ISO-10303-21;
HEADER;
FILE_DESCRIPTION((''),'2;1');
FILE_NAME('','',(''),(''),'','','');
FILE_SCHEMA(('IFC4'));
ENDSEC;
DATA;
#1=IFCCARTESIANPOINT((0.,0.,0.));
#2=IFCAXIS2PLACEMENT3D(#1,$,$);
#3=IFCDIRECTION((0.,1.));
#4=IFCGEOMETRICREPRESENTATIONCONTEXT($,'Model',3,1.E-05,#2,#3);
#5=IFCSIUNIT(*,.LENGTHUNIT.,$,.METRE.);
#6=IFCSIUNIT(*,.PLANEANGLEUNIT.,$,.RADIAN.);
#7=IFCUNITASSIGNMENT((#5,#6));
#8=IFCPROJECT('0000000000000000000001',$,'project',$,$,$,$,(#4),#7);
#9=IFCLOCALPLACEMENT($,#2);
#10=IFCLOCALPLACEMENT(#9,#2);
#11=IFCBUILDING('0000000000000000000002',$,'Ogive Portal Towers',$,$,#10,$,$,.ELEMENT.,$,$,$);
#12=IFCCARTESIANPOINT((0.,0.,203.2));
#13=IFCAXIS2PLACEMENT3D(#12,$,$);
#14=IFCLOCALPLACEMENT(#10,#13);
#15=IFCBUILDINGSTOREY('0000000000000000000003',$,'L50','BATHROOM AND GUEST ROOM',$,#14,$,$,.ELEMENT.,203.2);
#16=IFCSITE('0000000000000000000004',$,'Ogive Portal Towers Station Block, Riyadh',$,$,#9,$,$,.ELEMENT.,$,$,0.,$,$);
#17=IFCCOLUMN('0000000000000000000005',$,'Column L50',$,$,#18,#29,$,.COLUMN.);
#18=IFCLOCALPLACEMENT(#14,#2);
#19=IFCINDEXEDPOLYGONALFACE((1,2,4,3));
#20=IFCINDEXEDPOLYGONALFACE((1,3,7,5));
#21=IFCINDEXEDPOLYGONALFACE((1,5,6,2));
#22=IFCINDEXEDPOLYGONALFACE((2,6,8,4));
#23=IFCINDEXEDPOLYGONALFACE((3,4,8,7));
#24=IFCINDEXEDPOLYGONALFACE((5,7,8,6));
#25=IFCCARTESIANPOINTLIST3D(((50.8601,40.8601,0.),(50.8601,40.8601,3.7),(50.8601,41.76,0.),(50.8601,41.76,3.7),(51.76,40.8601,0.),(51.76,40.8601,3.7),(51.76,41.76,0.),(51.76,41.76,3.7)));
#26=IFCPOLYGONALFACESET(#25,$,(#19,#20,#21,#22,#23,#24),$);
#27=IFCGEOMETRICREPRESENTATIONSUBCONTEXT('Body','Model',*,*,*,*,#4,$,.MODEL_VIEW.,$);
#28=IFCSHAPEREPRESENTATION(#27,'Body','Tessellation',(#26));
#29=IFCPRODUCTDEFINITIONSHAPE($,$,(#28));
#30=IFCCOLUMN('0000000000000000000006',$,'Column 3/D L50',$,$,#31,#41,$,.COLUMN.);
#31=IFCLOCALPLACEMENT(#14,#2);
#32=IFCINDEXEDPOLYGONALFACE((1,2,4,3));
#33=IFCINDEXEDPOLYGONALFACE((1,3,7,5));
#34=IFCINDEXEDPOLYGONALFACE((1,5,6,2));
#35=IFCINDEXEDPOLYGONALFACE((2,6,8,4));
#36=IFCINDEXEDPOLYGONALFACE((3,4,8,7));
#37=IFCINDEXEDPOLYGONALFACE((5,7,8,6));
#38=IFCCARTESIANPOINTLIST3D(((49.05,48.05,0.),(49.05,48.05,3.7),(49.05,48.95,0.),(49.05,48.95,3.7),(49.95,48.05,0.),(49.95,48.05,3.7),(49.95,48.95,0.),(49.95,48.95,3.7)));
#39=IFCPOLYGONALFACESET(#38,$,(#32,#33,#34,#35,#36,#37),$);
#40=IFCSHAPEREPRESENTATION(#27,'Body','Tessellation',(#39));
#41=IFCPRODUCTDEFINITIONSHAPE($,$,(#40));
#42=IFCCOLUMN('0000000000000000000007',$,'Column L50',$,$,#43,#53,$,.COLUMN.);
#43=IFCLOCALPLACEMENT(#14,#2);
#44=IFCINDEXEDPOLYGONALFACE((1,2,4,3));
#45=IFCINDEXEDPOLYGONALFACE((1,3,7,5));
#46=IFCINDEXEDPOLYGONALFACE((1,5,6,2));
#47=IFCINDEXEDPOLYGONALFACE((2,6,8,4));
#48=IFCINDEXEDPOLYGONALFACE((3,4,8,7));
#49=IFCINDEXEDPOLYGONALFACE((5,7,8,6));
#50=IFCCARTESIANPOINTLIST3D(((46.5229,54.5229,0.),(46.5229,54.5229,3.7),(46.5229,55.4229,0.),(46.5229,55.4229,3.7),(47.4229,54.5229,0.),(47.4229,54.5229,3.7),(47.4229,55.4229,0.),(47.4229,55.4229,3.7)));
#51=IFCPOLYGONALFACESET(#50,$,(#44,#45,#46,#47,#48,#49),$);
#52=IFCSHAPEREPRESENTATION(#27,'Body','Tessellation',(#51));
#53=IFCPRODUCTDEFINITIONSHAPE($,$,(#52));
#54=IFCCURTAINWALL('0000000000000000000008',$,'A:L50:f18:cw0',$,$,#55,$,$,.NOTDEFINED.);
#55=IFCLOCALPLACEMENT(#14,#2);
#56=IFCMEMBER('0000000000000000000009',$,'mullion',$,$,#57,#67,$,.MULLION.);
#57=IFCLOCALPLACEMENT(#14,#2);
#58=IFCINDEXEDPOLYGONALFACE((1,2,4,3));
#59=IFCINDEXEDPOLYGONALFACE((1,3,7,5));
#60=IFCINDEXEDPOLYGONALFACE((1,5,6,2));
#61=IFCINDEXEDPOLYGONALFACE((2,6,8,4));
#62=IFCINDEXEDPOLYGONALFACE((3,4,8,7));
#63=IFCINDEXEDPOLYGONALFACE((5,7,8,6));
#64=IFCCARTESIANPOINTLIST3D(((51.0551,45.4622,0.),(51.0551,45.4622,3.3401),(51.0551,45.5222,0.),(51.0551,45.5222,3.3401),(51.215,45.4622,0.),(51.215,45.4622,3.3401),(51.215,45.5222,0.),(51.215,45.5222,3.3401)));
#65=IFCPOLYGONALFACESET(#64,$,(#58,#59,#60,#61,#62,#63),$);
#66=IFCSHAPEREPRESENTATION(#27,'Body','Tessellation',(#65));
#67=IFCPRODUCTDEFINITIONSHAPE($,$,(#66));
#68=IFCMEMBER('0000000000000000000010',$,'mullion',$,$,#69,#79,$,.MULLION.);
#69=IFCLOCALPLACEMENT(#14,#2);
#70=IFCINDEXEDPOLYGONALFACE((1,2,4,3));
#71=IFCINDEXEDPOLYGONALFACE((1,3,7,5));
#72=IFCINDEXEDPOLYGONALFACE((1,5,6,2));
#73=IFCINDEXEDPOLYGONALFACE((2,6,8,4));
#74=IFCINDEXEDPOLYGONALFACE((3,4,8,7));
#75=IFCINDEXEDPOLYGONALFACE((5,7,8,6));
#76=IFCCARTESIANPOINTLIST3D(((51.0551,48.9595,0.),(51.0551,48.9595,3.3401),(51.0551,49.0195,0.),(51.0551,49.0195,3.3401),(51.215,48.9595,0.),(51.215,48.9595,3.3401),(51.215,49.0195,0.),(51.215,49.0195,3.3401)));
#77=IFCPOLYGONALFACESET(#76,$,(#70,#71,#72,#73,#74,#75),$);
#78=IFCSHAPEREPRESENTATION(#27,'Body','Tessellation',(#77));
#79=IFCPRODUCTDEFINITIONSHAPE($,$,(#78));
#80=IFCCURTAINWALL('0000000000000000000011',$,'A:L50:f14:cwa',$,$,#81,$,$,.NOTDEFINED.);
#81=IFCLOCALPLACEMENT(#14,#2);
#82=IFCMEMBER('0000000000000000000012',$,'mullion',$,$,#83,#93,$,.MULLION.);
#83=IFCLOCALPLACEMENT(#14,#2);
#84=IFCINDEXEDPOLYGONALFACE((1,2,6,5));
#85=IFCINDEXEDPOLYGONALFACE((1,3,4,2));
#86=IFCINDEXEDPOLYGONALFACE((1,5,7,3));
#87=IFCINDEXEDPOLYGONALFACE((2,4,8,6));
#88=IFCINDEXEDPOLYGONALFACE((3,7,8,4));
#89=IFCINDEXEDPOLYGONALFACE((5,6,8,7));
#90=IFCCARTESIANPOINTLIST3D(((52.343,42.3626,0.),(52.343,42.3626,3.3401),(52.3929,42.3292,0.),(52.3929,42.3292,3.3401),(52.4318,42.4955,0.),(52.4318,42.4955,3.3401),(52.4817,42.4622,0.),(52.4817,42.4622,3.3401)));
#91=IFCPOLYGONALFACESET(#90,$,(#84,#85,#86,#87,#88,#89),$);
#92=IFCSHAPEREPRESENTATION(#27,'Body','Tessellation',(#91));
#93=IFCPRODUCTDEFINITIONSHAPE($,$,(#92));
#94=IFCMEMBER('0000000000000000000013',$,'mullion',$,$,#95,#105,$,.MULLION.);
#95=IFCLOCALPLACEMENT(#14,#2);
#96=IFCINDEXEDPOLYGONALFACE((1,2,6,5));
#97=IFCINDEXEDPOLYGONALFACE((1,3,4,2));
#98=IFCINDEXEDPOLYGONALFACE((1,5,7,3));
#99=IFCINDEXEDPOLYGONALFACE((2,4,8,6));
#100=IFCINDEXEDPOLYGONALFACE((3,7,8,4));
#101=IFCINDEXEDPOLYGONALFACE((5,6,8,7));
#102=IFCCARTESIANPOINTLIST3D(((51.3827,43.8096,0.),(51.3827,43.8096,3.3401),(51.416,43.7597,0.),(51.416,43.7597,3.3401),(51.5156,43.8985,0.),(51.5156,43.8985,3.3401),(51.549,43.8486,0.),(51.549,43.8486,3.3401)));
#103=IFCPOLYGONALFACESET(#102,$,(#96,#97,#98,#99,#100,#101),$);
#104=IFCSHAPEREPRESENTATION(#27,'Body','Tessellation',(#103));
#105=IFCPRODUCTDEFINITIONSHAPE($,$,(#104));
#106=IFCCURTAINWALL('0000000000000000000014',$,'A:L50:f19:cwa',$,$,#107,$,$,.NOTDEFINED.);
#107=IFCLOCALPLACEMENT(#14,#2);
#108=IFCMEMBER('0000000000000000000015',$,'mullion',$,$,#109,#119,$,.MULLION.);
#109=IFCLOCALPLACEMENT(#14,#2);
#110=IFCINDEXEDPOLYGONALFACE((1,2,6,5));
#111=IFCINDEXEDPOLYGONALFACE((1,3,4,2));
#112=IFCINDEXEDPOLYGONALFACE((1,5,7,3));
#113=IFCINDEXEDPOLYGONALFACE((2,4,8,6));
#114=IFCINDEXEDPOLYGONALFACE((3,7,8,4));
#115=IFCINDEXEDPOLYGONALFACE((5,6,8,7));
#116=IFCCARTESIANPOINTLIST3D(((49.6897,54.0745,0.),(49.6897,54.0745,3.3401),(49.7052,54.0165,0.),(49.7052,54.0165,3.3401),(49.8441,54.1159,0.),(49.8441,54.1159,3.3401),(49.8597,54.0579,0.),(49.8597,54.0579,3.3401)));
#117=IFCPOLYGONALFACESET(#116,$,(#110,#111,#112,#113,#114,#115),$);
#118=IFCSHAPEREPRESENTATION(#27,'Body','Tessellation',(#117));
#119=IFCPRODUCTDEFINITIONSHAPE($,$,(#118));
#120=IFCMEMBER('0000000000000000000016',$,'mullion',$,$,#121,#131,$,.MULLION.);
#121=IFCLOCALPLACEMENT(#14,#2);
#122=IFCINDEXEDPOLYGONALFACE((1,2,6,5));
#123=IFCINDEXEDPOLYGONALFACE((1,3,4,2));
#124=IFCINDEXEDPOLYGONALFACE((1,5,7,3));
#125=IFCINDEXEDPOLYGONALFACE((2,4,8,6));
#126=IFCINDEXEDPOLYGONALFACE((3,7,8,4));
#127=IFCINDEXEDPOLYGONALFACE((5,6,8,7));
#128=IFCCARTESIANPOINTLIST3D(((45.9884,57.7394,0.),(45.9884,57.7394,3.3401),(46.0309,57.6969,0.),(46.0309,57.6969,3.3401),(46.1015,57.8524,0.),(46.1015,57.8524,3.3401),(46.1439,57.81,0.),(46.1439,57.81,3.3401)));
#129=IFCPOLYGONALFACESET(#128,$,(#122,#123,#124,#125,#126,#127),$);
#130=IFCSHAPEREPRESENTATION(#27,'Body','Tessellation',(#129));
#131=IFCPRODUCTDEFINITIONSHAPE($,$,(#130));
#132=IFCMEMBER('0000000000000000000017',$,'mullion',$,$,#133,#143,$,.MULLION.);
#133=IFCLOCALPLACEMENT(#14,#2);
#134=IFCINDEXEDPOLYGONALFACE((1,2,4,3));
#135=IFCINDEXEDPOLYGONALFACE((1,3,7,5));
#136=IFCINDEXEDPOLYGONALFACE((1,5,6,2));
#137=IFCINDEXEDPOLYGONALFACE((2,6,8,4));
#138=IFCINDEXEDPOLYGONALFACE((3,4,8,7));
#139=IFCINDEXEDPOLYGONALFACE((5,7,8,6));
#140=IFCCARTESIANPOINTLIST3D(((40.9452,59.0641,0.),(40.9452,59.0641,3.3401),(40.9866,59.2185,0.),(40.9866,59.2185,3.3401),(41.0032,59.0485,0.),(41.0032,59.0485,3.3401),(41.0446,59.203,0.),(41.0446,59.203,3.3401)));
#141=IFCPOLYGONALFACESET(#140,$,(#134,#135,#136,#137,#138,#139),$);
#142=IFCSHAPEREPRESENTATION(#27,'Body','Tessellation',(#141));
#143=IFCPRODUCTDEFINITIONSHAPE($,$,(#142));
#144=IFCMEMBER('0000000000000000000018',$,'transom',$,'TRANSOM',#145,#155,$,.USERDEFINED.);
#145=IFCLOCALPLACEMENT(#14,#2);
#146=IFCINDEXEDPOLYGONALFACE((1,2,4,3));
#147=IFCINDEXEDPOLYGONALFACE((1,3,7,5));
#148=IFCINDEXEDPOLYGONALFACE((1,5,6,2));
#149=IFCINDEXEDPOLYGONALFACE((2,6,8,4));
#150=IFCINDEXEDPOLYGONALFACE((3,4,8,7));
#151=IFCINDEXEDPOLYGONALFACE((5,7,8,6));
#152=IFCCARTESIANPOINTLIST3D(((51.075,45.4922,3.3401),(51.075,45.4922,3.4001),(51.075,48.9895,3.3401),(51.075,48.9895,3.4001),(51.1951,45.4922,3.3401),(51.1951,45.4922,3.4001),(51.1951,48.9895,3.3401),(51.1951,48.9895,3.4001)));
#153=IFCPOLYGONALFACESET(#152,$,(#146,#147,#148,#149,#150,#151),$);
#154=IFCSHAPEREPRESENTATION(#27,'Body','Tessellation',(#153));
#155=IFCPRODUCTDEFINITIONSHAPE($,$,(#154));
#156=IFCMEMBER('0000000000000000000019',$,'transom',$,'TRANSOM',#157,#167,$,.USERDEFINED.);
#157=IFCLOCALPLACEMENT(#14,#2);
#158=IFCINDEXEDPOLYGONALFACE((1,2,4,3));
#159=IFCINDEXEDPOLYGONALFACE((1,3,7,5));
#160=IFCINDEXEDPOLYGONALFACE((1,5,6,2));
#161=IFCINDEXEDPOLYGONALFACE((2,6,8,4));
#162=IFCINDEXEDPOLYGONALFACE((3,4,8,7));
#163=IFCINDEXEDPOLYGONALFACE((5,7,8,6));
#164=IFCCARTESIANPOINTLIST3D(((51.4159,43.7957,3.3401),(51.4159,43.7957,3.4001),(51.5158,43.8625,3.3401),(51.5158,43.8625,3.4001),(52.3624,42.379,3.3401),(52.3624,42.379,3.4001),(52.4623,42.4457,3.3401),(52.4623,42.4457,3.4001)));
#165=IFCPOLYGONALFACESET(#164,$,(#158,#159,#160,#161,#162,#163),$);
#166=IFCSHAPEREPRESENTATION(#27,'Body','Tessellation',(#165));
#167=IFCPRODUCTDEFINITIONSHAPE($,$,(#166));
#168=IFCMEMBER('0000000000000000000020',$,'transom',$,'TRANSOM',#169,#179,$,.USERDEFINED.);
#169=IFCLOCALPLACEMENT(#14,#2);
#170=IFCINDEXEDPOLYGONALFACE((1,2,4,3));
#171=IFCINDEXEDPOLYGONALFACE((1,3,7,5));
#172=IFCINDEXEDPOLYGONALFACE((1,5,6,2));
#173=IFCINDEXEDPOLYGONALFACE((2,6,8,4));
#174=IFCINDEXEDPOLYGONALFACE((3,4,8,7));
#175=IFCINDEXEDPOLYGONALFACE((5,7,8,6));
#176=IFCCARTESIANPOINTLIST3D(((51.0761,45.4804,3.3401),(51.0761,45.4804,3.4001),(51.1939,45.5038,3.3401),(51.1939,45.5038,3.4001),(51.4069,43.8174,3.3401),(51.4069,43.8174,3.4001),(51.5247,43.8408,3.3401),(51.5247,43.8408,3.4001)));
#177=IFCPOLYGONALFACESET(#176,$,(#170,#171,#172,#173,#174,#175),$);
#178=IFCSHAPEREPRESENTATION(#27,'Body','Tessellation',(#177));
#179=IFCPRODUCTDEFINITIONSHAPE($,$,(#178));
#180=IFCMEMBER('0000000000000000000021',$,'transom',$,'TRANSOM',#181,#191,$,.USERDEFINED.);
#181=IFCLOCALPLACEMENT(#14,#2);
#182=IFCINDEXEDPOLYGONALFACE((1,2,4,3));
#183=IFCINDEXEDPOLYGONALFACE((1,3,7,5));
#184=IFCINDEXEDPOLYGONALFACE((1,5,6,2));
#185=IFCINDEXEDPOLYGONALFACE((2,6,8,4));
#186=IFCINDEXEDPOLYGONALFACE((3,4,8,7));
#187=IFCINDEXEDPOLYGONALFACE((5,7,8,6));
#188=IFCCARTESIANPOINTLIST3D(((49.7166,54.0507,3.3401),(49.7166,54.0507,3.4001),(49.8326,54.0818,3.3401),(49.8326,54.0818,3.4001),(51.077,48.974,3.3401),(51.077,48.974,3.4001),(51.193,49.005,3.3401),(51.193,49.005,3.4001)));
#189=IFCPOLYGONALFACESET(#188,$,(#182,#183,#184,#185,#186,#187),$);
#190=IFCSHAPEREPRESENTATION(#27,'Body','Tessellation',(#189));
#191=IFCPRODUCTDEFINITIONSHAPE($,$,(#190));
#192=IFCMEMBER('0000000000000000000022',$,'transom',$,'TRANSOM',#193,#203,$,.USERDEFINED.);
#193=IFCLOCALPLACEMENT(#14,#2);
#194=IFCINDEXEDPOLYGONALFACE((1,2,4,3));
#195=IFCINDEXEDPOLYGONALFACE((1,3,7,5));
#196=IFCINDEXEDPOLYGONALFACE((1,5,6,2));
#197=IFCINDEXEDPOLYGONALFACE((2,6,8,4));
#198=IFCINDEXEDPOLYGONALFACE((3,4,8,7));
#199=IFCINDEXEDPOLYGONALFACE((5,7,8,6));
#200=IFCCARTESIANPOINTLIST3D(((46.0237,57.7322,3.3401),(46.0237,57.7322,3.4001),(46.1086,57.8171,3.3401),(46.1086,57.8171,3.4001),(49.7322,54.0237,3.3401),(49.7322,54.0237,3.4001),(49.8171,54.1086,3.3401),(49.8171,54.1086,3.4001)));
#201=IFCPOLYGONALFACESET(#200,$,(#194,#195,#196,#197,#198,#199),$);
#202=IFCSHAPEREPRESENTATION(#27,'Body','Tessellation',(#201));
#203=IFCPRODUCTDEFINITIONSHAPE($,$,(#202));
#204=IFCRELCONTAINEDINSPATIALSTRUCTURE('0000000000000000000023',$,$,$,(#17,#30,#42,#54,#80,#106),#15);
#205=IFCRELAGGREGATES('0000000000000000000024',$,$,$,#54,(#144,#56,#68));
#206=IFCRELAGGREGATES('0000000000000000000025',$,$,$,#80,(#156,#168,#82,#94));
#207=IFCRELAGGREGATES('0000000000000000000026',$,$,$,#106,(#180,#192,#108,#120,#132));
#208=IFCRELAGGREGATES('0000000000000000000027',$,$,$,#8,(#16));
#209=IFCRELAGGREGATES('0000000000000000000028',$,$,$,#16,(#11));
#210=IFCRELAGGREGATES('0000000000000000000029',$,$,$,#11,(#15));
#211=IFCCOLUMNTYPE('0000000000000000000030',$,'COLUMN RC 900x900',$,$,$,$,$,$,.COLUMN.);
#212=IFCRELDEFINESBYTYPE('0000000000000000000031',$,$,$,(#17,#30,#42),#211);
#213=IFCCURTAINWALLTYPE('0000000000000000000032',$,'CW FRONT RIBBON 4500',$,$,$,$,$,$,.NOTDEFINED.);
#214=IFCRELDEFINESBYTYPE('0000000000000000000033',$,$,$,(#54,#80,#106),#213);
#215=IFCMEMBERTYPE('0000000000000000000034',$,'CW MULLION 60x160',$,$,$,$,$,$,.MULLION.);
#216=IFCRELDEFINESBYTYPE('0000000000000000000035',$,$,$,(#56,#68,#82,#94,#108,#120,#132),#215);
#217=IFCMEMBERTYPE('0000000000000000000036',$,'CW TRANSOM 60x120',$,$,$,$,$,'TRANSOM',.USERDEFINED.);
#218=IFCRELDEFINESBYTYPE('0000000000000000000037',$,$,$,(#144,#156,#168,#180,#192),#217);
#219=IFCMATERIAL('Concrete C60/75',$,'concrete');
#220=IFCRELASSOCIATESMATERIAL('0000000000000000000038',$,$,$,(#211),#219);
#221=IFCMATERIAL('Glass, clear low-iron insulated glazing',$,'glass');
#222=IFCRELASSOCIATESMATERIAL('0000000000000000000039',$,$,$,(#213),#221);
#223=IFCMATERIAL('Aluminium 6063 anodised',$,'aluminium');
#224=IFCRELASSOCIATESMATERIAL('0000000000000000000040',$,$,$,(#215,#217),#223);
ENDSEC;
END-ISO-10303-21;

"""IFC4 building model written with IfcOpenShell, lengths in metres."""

from ifc_helpers import new_model, si_unit, direction, frame, origin, origin_2d, place, context, subcontext, project, spatial, rectangle, extrude, material, material_profile, profile_set, type_object, element, aggregate, save


model = new_model("IFC4")

# Units and contexts
model_context = context("Model", 3, precision=1e-05, world=origin(), true_north=direction((0.0, 1.0)))
body_context = subcontext(model_context, "Body", "Model", "MODEL_VIEW")
ifc_project = project(units=[si_unit("LENGTHUNIT", "METRE"), si_unit("PLANEANGLEUNIT", "RADIAN")], contexts=[model_context])

# Site, building, storey
site_placement = place(None, origin())
site = spatial("IfcSite", under=ifc_project, at=site_placement, Name="Ogive Portal Towers Station Block, Riyadh", CompositionType="ELEMENT", RefElevation=0.0)
building_placement = place(site_placement, origin())
building = spatial("IfcBuilding", under=site, at=building_placement, Name="Ogive Portal Towers", CompositionType="ELEMENT")
storey_placement = place(building_placement, frame((0.0, 0.0, 203.2)))
storey = spatial("IfcBuildingStorey", under=building, at=storey_placement, Name="L50", Description="BATHROOM AND GUEST ROOM", CompositionType="ELEMENT", Elevation=203.2)

# Columns
ifc_material_1 = material(Name="Concrete C60/75", Category="concrete")
ifc_material_profile_1 = material_profile(ifc_material_1, rectangle(XDim=0.8999, YDim=0.8999, at=origin_2d()), Name="RC 900x900")
ifc_profile_set_1 = profile_set([ifc_material_profile_1], Name="Concrete C60/75")
column_type = type_object("IfcColumnType", Name="COLUMN RC 900x900", PredefinedType="COLUMN", material=ifc_profile_set_1)
for number, where, z_axis, x_axis, name in (
    (1, (51.3101, 41.3101, 0.0), (0.0, 0.0, 1.0), (1.0, 0.0, 0.0), "Column L50"),
    (2, (49.5, 48.5, 0.0), (0.0, 0.0, 1.0), (1.0, 0.0, 0.0), "Column 3/D L50"),
    (3, (46.9729, 54.9729, 0.0), (0.0, 0.0, 1.0), (1.0, 0.0, 0.0), "Column L50"),
):
    element("IfcColumn", number, at=place(storey_placement, frame(where, z_axis=z_axis, x_axis=x_axis)), inside=storey, type_object=column_type, Name=name, PredefinedType="COLUMN", context=body_context, shape_type="SweptSolid", body=[
        extrude(rectangle(XDim=0.8999, YDim=0.8999, at=origin_2d()), origin(), (0.0, 0.0, 1.0), 3.7),
    ])

# Curtain walls, members
ifc_material_2 = material(Name="Glass, clear low-iron insulated glazing", Category="glass")
curtain_wall_type = type_object("IfcCurtainWallType", Name="CW FRONT RIBBON 4500", PredefinedType="NOTDEFINED", material=ifc_material_2)
curtain_wall_1_placement = place(storey_placement, origin())
curtain_wall_1 = element("IfcCurtainWall", 4, at=curtain_wall_1_placement, inside=storey, type_object=curtain_wall_type, Name="A:L50:f18:cw0", PredefinedType="NOTDEFINED")
ifc_material_3 = material(Name="Aluminium 6063 anodised", Category="aluminium")
ifc_material_profile_2 = material_profile(ifc_material_3, rectangle(XDim=0.1599, YDim=0.0601, at=origin_2d()), Name="AL 60x160")
ifc_profile_set_2 = profile_set([ifc_material_profile_2], Name="Aluminium 6063 anodised")
member_type_1 = type_object("IfcMemberType", Name="CW MULLION 60x160", PredefinedType="MULLION", material=ifc_profile_set_2)
member_1_placement = place(storey_placement, frame((51.135, 45.4922, 0.0), z_axis=(0.0, 0.0, 1.0), x_axis=(-1.0, 0.0, 0.0)))
member_1 = element("IfcMember", 5, at=member_1_placement, type_object=member_type_1, Name="mullion", PredefinedType="MULLION", context=body_context, shape_type="SweptSolid", body=[
    extrude(rectangle(XDim=0.1599, YDim=0.0601, at=origin_2d()), origin(), (0.0, 0.0, 1.0), 3.3401),
])
member_2_placement = place(storey_placement, frame((51.135, 48.9895, 0.0), z_axis=(0.0, 0.0, 1.0), x_axis=(-1.0, 0.0, 0.0)))
member_2 = element("IfcMember", 6, at=member_2_placement, type_object=member_type_1, Name="mullion", PredefinedType="MULLION", context=body_context, shape_type="SweptSolid", body=[
    extrude(rectangle(XDim=0.1599, YDim=0.0601, at=origin_2d()), origin(), (0.0, 0.0, 1.0), 3.3401),
])
curtain_wall_2_placement = place(storey_placement, origin())
curtain_wall_2 = element("IfcCurtainWall", 7, at=curtain_wall_2_placement, inside=storey, type_object=curtain_wall_type, Name="A:L50:f14:cwa", PredefinedType="NOTDEFINED")
member_3_placement = place(storey_placement, frame((52.4124, 42.4124, 0.0), z_axis=(0.0, 0.0, 1.0), x_axis=(-0.55557, -0.83147, 0.0)))
member_3 = element("IfcMember", 8, at=member_3_placement, type_object=member_type_1, Name="mullion", PredefinedType="MULLION", context=body_context, shape_type="SweptSolid", body=[
    extrude(rectangle(XDim=0.1599, YDim=0.0601, at=origin_2d()), origin(), (0.0, 0.0, 1.0), 3.3401),
])
member_4_placement = place(storey_placement, frame((51.4658, 43.8291, 0.0), z_axis=(0.0, 0.0, 1.0), x_axis=(-0.83147, -0.55557, 0.0)))
member_4 = element("IfcMember", 9, at=member_4_placement, type_object=member_type_1, Name="mullion", PredefinedType="MULLION", context=body_context, shape_type="SweptSolid", body=[
    extrude(rectangle(XDim=0.1599, YDim=0.0601, at=origin_2d()), origin(), (0.0, 0.0, 1.0), 3.3401),
])
curtain_wall_3_placement = place(storey_placement, origin())
curtain_wall_3 = element("IfcCurtainWall", 10, at=curtain_wall_3_placement, inside=storey, type_object=curtain_wall_type, Name="A:L50:f19:cwa", PredefinedType="NOTDEFINED")
member_5_placement = place(storey_placement, frame((49.7747, 54.0662, 0.0), z_axis=(0.0, 0.0, 1.0), x_axis=(-0.965926, -0.258819, 0.0)))
member_5 = element("IfcMember", 11, at=member_5_placement, type_object=member_type_1, Name="mullion", PredefinedType="MULLION", context=body_context, shape_type="SweptSolid", body=[
    extrude(rectangle(XDim=0.1599, YDim=0.0601, at=origin_2d()), origin(), (0.0, 0.0, 1.0), 3.3401),
])
member_6_placement = place(storey_placement, frame((46.0662, 57.7747, 0.0), z_axis=(0.0, 0.0, 1.0), x_axis=(-0.707107, -0.707107, 0.0)))
member_6 = element("IfcMember", 12, at=member_6_placement, type_object=member_type_1, Name="mullion", PredefinedType="MULLION", context=body_context, shape_type="SweptSolid", body=[
    extrude(rectangle(XDim=0.1599, YDim=0.0601, at=origin_2d()), origin(), (0.0, 0.0, 1.0), 3.3401),
])
member_7_placement = place(storey_placement, frame((40.9949, 59.1335, 0.0), z_axis=(0.0, 0.0, 1.0), x_axis=(-0.258819, -0.965926, 0.0)))
member_7 = element("IfcMember", 13, at=member_7_placement, type_object=member_type_1, Name="mullion", PredefinedType="MULLION", context=body_context, shape_type="SweptSolid", body=[
    extrude(rectangle(XDim=0.1599, YDim=0.0601, at=origin_2d()), origin(), (0.0, 0.0, 1.0), 3.3401),
])

# Members
ifc_material_profile_3 = material_profile(ifc_material_3, rectangle(XDim=0.1201, YDim=0.0601, at=origin_2d()), Name="AL 120x60")
ifc_profile_set_3 = profile_set([ifc_material_profile_3], Name="Aluminium 6063 anodised")
member_type_2 = type_object("IfcMemberType", Name="CW TRANSOM 60x120", ElementType="TRANSOM", PredefinedType="USERDEFINED", material=ifc_profile_set_3)
member_8_placement = place(storey_placement, frame((51.135, 45.4922, 3.3701), z_axis=(0.0, 1.0, 0.0), x_axis=(-1.0, 0.0, 0.0)))
member_8 = element("IfcMember", 14, at=member_8_placement, type_object=member_type_2, Name="transom", ObjectType="TRANSOM", PredefinedType="USERDEFINED", context=body_context, shape_type="SweptSolid", body=[
    extrude(rectangle(XDim=0.1201, YDim=0.0601, at=origin_2d()), origin(), (0.0, 0.0, 1.0), 3.4973),
])
member_9_placement = place(storey_placement, frame((52.4124, 42.4124, 3.3701), z_axis=(-0.555527, 0.831499, 0.0), x_axis=(-0.831499, -0.555527, 0.0)))
member_9 = element("IfcMember", 15, at=member_9_placement, type_object=member_type_2, Name="transom", ObjectType="TRANSOM", PredefinedType="USERDEFINED", context=body_context, shape_type="SweptSolid", body=[
    extrude(rectangle(XDim=0.1201, YDim=0.0601, at=origin_2d()), origin(), (0.0, 0.0, 1.0), 1.7039),
])
member_10_placement = place(storey_placement, frame((51.4658, 43.8291, 3.3701), z_axis=(-0.195092, 0.980785, 0.0), x_axis=(-0.980785, -0.195092, 0.0)))
member_10 = element("IfcMember", 16, at=member_10_placement, type_object=member_type_2, Name="transom", ObjectType="TRANSOM", PredefinedType="USERDEFINED", context=body_context, shape_type="SweptSolid", body=[
    extrude(rectangle(XDim=0.1201, YDim=0.0601, at=origin_2d()), origin(), (0.0, 0.0, 1.0), 1.6956),
])
member_11_placement = place(storey_placement, frame((51.135, 48.9895, 3.3701), z_axis=(-0.258831, 0.965923, 0.0), x_axis=(-0.965923, -0.258831, 0.0)))
member_11 = element("IfcMember", 17, at=member_11_placement, type_object=member_type_2, Name="transom", ObjectType="TRANSOM", PredefinedType="USERDEFINED", context=body_context, shape_type="SweptSolid", body=[
    extrude(rectangle(XDim=0.1201, YDim=0.0601, at=origin_2d()), origin(), (0.0, 0.0, 1.0), 5.2559),
])
member_12_placement = place(storey_placement, frame((49.7747, 54.0662, 3.3701), z_axis=(-0.707107, 0.707107, 0.0), x_axis=(-0.707107, -0.707107, 0.0)))
member_12 = element("IfcMember", 18, at=member_12_placement, type_object=member_type_2, Name="transom", ObjectType="TRANSOM", PredefinedType="USERDEFINED", context=body_context, shape_type="SweptSolid", body=[
    extrude(rectangle(XDim=0.1201, YDim=0.0601, at=origin_2d()), origin(), (0.0, 0.0, 1.0), 5.2446),
])

aggregate(curtain_wall_1, [member_8, member_1, member_2])
aggregate(curtain_wall_2, [member_9, member_10, member_3, member_4])
aggregate(curtain_wall_3, [member_11, member_12, member_5, member_6, member_7])

save(model, "model.ifc")
